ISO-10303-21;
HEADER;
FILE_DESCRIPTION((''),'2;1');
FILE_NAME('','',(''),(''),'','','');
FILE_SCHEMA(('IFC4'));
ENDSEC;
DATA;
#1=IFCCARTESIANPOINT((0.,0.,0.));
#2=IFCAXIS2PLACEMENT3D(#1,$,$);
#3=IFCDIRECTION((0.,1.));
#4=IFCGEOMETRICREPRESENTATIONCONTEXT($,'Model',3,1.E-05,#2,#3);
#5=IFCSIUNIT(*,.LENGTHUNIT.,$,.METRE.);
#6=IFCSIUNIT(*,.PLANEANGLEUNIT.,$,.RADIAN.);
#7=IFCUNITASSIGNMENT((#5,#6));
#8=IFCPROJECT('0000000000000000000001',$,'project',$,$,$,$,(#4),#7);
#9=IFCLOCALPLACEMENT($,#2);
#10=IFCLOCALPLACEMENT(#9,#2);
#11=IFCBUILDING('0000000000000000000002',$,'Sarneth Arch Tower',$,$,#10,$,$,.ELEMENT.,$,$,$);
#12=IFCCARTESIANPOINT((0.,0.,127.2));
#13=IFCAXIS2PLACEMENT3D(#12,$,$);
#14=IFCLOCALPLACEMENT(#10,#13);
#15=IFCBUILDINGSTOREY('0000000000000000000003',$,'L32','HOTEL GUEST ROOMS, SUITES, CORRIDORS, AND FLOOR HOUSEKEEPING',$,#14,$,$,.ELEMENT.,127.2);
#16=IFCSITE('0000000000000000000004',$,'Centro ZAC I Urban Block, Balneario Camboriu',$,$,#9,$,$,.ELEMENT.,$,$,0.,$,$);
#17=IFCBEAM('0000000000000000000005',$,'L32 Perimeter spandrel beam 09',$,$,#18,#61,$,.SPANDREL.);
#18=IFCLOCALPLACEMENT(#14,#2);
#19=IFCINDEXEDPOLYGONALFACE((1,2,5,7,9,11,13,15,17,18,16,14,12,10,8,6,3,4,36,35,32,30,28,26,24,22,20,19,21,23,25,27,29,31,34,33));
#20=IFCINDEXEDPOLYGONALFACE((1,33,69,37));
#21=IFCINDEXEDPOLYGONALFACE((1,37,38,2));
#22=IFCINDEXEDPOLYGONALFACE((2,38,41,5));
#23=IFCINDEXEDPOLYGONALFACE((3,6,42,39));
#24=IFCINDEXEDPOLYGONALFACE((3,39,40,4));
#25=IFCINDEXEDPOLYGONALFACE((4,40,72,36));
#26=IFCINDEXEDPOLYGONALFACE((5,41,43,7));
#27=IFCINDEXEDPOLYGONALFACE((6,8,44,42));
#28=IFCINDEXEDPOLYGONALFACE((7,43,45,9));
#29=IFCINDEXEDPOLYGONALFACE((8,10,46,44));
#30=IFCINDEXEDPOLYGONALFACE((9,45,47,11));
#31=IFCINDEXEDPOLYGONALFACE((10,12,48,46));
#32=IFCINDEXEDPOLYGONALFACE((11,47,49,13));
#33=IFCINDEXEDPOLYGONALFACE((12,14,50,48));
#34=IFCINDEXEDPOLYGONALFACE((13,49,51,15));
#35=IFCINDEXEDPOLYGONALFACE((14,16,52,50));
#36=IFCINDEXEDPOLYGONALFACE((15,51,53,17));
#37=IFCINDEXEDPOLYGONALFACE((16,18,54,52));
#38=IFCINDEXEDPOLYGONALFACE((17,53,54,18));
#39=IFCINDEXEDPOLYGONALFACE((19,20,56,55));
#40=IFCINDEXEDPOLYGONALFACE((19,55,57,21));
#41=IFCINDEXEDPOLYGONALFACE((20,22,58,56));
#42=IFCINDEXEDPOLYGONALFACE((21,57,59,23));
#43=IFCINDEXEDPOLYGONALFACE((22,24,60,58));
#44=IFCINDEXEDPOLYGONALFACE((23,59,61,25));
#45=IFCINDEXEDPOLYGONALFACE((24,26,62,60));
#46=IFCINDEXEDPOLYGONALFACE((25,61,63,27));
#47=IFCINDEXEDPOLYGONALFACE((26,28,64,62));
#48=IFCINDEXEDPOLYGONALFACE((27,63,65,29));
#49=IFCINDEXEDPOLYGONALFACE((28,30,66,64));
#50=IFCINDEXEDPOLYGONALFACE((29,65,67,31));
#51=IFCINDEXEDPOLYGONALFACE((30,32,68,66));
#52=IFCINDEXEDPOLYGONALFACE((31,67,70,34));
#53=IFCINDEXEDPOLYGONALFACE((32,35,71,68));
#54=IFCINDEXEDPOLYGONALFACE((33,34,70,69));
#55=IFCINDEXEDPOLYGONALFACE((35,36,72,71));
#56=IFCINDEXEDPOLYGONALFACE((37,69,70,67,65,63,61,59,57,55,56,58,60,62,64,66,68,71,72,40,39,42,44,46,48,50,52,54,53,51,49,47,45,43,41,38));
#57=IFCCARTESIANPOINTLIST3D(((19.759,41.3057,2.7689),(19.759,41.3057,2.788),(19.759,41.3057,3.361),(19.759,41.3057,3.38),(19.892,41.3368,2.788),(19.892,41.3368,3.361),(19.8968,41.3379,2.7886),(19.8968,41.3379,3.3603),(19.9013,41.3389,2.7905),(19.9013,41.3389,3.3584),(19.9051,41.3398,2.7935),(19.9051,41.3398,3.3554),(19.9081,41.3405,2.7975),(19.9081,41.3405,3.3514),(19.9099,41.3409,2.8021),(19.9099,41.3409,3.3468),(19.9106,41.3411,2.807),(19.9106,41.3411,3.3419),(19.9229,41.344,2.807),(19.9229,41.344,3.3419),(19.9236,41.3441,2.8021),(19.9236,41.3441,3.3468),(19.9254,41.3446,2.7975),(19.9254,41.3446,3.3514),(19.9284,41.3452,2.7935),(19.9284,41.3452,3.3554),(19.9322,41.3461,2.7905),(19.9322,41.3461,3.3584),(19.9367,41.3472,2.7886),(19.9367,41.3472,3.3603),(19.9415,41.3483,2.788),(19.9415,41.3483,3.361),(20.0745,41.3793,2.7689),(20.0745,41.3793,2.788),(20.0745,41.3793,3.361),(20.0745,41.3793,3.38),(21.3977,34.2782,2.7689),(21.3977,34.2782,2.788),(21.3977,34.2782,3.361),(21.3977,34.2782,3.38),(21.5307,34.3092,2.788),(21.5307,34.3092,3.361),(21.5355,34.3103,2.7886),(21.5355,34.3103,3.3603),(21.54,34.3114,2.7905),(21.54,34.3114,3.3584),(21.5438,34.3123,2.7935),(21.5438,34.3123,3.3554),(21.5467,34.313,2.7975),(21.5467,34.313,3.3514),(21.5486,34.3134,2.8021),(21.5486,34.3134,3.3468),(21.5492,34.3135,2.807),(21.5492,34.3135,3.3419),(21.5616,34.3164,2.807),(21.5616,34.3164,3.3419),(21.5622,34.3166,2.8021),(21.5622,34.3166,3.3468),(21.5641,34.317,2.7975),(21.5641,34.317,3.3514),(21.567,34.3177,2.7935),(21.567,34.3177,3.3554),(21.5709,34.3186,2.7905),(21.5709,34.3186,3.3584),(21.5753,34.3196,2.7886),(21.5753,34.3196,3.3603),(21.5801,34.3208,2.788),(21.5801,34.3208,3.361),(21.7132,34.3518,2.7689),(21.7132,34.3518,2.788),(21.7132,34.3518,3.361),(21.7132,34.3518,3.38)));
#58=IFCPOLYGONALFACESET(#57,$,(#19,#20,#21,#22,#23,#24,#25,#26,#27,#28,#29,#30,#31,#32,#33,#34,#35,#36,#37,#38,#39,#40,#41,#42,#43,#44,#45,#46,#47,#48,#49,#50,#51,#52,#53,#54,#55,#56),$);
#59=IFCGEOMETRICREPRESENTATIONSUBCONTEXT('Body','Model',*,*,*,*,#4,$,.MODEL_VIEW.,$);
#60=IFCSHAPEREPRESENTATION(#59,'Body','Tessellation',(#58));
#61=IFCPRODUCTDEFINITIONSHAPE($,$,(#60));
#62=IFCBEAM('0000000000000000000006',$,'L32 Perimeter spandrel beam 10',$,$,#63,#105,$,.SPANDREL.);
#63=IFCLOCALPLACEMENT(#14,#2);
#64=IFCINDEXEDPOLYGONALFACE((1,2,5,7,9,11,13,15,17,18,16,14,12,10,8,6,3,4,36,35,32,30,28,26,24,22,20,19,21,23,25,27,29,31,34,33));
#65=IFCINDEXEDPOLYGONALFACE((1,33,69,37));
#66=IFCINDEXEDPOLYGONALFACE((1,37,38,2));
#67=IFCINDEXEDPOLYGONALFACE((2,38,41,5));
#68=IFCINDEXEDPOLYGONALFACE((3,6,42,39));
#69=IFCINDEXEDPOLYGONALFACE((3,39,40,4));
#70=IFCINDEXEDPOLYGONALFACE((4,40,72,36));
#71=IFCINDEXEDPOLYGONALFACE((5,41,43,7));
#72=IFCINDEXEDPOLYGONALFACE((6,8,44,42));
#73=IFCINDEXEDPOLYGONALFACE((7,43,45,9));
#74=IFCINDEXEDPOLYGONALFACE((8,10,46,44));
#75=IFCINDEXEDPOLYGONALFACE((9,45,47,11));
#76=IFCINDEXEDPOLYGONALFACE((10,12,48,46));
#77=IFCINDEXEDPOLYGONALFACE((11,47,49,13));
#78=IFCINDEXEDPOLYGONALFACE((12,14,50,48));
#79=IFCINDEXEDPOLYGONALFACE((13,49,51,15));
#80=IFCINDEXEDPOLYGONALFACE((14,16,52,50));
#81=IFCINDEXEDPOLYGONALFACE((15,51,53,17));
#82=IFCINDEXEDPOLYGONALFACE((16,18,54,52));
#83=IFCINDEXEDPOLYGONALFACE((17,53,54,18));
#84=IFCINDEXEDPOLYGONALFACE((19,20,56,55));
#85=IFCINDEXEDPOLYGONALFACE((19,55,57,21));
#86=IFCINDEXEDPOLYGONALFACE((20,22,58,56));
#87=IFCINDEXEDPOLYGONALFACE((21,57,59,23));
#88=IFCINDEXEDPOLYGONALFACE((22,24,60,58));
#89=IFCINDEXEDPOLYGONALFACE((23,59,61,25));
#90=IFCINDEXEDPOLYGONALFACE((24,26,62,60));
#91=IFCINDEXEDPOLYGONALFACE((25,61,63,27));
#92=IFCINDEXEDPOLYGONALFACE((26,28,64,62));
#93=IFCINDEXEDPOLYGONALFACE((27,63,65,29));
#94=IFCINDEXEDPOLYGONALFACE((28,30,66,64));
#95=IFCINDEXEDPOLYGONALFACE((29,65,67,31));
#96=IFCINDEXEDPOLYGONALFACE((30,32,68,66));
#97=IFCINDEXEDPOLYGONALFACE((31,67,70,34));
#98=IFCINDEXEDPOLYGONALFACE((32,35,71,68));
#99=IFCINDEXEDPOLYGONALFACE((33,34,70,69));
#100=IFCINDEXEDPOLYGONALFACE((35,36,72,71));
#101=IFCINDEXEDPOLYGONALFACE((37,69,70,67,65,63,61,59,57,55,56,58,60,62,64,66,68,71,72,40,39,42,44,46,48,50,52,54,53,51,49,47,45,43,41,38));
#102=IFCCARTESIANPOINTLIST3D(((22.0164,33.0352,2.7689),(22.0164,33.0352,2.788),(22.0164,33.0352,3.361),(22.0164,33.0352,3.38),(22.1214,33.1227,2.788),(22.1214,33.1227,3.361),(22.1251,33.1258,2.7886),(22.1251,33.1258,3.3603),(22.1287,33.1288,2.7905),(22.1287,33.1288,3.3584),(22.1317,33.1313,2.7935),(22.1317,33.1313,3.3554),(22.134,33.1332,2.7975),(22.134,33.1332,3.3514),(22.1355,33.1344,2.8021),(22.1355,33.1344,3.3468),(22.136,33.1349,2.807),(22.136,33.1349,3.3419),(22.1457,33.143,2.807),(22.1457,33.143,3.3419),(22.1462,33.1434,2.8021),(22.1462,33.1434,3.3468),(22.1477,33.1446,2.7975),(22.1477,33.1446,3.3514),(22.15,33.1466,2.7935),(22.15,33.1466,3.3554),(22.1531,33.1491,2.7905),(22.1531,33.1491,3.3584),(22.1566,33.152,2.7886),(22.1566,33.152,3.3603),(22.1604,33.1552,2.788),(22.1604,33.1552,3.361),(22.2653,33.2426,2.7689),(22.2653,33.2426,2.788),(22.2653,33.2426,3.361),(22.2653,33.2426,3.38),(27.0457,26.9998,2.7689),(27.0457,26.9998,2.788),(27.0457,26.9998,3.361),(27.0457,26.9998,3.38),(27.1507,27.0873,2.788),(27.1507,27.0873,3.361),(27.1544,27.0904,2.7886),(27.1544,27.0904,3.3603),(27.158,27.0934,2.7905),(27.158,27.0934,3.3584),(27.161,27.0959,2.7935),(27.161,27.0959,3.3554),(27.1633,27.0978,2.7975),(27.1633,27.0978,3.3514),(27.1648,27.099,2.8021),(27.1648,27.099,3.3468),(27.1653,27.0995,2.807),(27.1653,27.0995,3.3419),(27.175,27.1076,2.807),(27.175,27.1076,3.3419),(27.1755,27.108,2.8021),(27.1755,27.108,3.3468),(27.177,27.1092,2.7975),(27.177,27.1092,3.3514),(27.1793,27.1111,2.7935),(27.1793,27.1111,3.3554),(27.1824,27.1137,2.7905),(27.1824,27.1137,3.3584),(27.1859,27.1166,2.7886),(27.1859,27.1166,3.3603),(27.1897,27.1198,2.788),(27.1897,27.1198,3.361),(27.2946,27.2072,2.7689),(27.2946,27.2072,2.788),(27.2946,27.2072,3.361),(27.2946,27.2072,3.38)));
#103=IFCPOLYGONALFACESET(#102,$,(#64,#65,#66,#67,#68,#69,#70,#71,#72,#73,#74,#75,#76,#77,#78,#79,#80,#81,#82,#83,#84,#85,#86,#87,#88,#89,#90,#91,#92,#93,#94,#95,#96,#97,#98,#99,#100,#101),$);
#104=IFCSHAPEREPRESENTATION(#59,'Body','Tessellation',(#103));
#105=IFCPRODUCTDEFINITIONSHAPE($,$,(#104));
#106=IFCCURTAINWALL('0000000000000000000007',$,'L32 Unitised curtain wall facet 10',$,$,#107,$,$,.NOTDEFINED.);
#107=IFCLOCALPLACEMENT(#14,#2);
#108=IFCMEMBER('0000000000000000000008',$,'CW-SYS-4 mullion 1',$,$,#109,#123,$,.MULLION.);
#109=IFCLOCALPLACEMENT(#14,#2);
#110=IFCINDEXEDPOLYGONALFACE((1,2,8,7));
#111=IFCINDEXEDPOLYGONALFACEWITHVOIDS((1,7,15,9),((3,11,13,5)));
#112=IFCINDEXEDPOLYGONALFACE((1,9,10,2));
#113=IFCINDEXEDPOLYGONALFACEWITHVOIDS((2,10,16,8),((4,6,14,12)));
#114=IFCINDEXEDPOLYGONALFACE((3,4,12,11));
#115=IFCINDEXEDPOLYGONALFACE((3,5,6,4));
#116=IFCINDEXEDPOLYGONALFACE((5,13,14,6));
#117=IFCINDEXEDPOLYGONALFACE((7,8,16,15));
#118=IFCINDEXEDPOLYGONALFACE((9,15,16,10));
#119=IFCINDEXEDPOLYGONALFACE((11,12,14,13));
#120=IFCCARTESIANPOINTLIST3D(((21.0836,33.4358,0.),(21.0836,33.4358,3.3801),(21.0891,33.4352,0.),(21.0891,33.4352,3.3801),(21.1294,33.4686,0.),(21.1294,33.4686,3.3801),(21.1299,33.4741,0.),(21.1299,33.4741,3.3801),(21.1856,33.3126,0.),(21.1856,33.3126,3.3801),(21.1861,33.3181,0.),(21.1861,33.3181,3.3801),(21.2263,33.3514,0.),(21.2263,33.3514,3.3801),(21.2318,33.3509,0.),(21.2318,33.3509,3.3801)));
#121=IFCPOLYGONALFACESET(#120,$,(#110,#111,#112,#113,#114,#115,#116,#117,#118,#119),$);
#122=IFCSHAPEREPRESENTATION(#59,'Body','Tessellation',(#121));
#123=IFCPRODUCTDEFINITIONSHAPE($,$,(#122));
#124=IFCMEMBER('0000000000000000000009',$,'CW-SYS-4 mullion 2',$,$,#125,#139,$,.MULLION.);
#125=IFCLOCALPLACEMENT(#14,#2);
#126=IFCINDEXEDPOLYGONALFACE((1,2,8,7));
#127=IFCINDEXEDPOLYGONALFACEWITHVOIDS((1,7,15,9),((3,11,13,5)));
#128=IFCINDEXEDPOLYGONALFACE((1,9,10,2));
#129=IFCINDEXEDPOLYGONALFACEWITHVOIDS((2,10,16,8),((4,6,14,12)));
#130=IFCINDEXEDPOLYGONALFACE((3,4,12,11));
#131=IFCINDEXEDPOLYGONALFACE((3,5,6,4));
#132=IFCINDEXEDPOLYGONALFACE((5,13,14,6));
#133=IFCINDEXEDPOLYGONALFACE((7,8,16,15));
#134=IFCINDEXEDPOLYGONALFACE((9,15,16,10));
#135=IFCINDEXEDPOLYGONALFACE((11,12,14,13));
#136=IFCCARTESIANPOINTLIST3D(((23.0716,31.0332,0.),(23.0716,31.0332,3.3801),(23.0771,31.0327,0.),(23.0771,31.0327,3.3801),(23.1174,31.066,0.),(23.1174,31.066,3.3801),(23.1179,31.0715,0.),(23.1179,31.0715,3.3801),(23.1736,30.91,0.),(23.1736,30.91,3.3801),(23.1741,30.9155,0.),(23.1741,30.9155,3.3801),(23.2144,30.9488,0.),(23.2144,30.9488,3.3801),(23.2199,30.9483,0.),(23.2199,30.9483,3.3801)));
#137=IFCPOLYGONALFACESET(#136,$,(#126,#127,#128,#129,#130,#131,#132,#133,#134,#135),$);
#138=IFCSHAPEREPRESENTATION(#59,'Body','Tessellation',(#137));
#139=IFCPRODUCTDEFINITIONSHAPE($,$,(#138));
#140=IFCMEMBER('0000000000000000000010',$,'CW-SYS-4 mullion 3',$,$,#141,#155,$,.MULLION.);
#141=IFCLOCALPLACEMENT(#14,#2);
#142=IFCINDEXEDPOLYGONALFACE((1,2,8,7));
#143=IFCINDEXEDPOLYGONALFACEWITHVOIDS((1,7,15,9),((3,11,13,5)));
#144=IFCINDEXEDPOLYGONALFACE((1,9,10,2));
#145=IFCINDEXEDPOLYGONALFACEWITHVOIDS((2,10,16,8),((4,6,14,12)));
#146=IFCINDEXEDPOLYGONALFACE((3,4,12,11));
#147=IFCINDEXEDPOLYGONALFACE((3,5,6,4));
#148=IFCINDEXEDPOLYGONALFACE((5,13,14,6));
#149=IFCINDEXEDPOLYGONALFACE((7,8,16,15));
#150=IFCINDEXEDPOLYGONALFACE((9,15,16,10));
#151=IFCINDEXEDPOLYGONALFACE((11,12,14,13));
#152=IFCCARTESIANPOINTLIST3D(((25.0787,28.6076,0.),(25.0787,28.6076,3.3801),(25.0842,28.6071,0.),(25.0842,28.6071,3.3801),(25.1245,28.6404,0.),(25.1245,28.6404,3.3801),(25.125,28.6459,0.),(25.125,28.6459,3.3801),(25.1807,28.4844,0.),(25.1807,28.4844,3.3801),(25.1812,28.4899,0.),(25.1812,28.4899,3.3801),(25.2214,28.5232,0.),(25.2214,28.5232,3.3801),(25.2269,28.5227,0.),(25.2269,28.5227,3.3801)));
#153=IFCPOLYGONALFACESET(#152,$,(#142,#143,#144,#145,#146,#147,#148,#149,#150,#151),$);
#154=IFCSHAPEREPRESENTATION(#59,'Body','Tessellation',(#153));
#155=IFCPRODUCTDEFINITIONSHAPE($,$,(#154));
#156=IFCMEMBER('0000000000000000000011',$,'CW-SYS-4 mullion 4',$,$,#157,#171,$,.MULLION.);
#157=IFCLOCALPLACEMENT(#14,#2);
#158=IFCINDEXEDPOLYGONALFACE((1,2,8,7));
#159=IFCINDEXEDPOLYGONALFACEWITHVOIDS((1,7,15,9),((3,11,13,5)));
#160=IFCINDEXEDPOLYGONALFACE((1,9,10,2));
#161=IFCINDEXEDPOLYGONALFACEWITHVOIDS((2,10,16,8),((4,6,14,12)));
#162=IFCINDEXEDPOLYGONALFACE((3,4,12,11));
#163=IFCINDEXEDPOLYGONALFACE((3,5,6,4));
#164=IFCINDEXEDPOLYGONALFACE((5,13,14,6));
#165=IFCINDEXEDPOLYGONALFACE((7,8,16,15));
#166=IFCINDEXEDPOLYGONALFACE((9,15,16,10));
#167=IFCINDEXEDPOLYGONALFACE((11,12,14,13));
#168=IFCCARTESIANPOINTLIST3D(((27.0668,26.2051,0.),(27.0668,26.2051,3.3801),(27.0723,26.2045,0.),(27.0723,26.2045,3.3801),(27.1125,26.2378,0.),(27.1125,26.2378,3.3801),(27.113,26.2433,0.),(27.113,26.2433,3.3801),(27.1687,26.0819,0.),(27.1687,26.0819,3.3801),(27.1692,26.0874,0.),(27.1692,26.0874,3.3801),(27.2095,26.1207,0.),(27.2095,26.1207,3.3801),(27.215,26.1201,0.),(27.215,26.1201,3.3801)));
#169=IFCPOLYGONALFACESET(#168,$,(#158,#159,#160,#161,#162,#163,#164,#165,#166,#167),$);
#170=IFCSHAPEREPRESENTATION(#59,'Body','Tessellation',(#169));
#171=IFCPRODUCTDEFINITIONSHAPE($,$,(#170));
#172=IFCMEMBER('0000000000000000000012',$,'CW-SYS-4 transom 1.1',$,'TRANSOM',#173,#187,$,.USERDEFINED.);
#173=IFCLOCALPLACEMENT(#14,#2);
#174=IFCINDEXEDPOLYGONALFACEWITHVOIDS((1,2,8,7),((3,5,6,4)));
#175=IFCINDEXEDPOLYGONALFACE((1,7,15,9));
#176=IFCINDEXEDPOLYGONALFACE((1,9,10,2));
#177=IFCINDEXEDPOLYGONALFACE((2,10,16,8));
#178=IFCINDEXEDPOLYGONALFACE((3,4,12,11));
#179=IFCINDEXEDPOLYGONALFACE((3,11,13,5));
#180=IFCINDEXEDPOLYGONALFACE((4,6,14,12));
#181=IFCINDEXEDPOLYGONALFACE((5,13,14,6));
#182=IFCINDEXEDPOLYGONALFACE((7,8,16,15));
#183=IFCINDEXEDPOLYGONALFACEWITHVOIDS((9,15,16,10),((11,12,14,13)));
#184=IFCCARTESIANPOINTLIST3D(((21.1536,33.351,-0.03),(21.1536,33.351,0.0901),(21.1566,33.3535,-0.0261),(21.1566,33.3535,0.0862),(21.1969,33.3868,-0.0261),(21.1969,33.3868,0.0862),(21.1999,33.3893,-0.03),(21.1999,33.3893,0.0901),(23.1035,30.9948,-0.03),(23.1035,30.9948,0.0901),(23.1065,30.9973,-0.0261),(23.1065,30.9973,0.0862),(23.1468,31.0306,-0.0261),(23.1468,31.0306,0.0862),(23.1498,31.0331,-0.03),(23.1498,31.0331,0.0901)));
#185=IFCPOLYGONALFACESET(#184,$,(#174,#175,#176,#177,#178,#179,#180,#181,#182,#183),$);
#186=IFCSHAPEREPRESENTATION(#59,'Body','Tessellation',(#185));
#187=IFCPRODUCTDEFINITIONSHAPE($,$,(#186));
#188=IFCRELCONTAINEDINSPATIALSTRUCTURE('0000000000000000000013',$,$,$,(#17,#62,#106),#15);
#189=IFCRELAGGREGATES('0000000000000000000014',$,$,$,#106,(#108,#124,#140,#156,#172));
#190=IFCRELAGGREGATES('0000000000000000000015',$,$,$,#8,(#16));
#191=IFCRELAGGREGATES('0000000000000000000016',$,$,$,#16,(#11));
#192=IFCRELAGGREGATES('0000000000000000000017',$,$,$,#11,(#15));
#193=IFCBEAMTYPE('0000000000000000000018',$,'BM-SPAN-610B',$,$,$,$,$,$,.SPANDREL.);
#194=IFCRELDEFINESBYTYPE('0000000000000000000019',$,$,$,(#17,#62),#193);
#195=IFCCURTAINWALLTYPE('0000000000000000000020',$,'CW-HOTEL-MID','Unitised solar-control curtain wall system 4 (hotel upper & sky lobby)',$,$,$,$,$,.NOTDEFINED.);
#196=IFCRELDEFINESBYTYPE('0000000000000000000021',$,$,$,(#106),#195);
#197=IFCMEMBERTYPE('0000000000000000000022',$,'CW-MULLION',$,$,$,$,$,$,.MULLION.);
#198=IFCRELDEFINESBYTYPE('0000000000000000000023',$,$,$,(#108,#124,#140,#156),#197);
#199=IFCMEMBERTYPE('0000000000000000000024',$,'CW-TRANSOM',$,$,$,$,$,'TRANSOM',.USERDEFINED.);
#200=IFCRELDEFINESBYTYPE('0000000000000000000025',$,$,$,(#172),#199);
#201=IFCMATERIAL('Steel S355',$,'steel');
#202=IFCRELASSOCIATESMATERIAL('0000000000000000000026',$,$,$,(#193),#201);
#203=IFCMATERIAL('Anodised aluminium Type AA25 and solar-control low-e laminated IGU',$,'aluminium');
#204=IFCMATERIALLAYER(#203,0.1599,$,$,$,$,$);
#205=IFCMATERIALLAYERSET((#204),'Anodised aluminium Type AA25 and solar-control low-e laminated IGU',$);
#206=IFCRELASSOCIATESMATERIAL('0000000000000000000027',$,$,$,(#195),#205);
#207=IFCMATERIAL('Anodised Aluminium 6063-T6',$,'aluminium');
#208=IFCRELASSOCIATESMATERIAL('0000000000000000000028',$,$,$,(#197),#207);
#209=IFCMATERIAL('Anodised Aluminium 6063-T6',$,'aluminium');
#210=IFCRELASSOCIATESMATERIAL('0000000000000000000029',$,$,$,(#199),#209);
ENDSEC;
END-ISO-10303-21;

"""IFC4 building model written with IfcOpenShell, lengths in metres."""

from ifc_helpers import new_model, si_unit, direction, frame, origin, origin_2d, place, context, subcontext, project, spatial, hollow_rectangle, i_section, extrude, material, layer, layer_set, material_profile, profile_set, type_object, element, aggregate, save


model = new_model("IFC4")

# Units and contexts
model_context = context("Model", 3, precision=1e-05, world=origin(), true_north=direction((0.0, 1.0)))
body_context = subcontext(model_context, "Body", "Model", "MODEL_VIEW")
ifc_project = project(units=[si_unit("LENGTHUNIT", "METRE"), si_unit("PLANEANGLEUNIT", "RADIAN")], contexts=[model_context])

# Site, building, storey
site_placement = place(None, origin())
site = spatial("IfcSite", under=ifc_project, at=site_placement, Name="Centro ZAC I Urban Block, Balneario Camboriu", CompositionType="ELEMENT", RefElevation=0.0)
building_placement = place(site_placement, origin())
building = spatial("IfcBuilding", under=site, at=building_placement, Name="Sarneth Arch Tower", CompositionType="ELEMENT")
storey_placement = place(building_placement, frame((0.0, 0.0, 127.2)))
storey = spatial("IfcBuildingStorey", under=building, at=storey_placement, Name="L32", Description="HOTEL GUEST ROOMS, SUITES, CORRIDORS, AND FLOOR HOUSEKEEPING", CompositionType="ELEMENT", Elevation=127.2)

# Beams
ifc_material_1 = material(Name="Steel S355", Category="steel")
ifc_material_profile_1 = material_profile(ifc_material_1, i_section(OverallWidth=0.324, OverallDepth=0.6111, WebThickness=0.0127, FlangeThickness=0.019, FilletRadius=0.019, at=origin_2d()), Name="W610x155")
ifc_profile_set_1 = profile_set([ifc_material_profile_1], Name="Steel S355")
beam_type = type_object("IfcBeamType", Name="BM-SPAN-610B", PredefinedType="SPANDREL", material=ifc_profile_set_1)
beam_1_placement = place(storey_placement, frame((19.9167, 41.3425, 3.0745), z_axis=(0.227085, -0.973875, 0.0), x_axis=(0.973875, 0.227085, 0.0)))
element("IfcBeam", 1, at=beam_1_placement, inside=storey, type_object=beam_type, Name="L32 Perimeter spandrel beam 09", PredefinedType="SPANDREL", context=body_context, shape_type="SweptSolid", body=[
    extrude(i_section(OverallWidth=0.324, OverallDepth=0.6111, WebThickness=0.0127, FlangeThickness=0.019, FilletRadius=0.019, at=origin_2d()), origin(), (0.0, 0.0, 1.0), 7.2161),
])
beam_2_placement = place(storey_placement, frame((22.1409, 33.1389, 3.0745), z_axis=(0.640169, -0.768234, 0.0), x_axis=(0.768234, 0.640169, 0.0)))
element("IfcBeam", 2, at=beam_2_placement, inside=storey, type_object=beam_type, Name="L32 Perimeter spandrel beam 10", PredefinedType="SPANDREL", context=body_context, shape_type="SweptSolid", body=[
    extrude(i_section(OverallWidth=0.324, OverallDepth=0.6111, WebThickness=0.0127, FlangeThickness=0.019, FilletRadius=0.019, at=origin_2d()), origin(), (0.0, 0.0, 1.0), 7.8562),
])

# Curtain wall, members
ifc_material_2 = material(Name="Anodised aluminium Type AA25 and solar-control low-e laminated IGU", Category="aluminium")
ifc_layer_1 = layer(ifc_material_2, 0.1599)
ifc_layer_set_1 = layer_set([ifc_layer_1], Name="Anodised aluminium Type AA25 and solar-control low-e laminated IGU")
curtain_wall_type = type_object("IfcCurtainWallType", Name="CW-HOTEL-MID", Description="Unitised solar-control curtain wall system 4 (hotel upper & sky lobby)", PredefinedType="NOTDEFINED", material=ifc_layer_set_1)
curtain_wall_placement = place(storey_placement, origin())
curtain_wall = element("IfcCurtainWall", 3, at=curtain_wall_placement, inside=storey, type_object=curtain_wall_type, Name="L32 Unitised curtain wall facet 10", PredefinedType="NOTDEFINED")
ifc_material_3 = material(Name="Anodised Aluminium 6063-T6", Category="aluminium")
ifc_material_profile_2 = material_profile(ifc_material_3, hollow_rectangle(XDim=0.0601, YDim=0.1599, WallThickness=0.0039, at=origin_2d()), Name="AL-MULL-160x60x4")
ifc_profile_set_2 = profile_set([ifc_material_profile_2], Name="Anodised Aluminium 6063-T6")
member_type_1 = type_object("IfcMemberType", Name="CW-MULLION", PredefinedType="MULLION", material=ifc_profile_set_2)
member_1_placement = place(storey_placement, frame((21.1577, 33.3933, 0.0), z_axis=(0.0, 0.0, 1.0), x_axis=(0.770438, 0.637515, 0.0)))
member_1 = element("IfcMember", 4, at=member_1_placement, type_object=member_type_1, Name="CW-SYS-4 mullion 1", PredefinedType="MULLION", context=body_context, shape_type="SweptSolid", body=[
    extrude(hollow_rectangle(XDim=0.0601, YDim=0.1599, WallThickness=0.0039, at=origin_2d()), origin(), (0.0, 0.0, 1.0), 3.3801),
])
member_2_placement = place(storey_placement, frame((23.1458, 30.9907, 0.0), z_axis=(0.0, 0.0, 1.0), x_axis=(0.770438, 0.637515, 0.0)))
member_2 = element("IfcMember", 5, at=member_2_placement, type_object=member_type_1, Name="CW-SYS-4 mullion 2", PredefinedType="MULLION", context=body_context, shape_type="SweptSolid", body=[
    extrude(hollow_rectangle(XDim=0.0601, YDim=0.1599, WallThickness=0.0039, at=origin_2d()), origin(), (0.0, 0.0, 1.0), 3.3801),
])
member_3_placement = place(storey_placement, frame((25.1528, 28.5652, 0.0), z_axis=(0.0, 0.0, 1.0), x_axis=(0.770438, 0.637515, 0.0)))
member_3 = element("IfcMember", 6, at=member_3_placement, type_object=member_type_1, Name="CW-SYS-4 mullion 3", PredefinedType="MULLION", context=body_context, shape_type="SweptSolid", body=[
    extrude(hollow_rectangle(XDim=0.0601, YDim=0.1599, WallThickness=0.0039, at=origin_2d()), origin(), (0.0, 0.0, 1.0), 3.3801),
])
member_4_placement = place(storey_placement, frame((27.1409, 26.1626, 0.0), z_axis=(0.0, 0.0, 1.0), x_axis=(0.770438, 0.637515, 0.0)))
member_4 = element("IfcMember", 7, at=member_4_placement, type_object=member_type_1, Name="CW-SYS-4 mullion 4", PredefinedType="MULLION", context=body_context, shape_type="SweptSolid", body=[
    extrude(hollow_rectangle(XDim=0.0601, YDim=0.1599, WallThickness=0.0039, at=origin_2d()), origin(), (0.0, 0.0, 1.0), 3.3801),
])
ifc_material_4 = material(Name="Anodised Aluminium 6063-T6", Category="aluminium")
ifc_material_profile_3 = material_profile(ifc_material_4, hollow_rectangle(XDim=0.0601, YDim=0.1201, WallThickness=0.0039, at=origin_2d()), Name="AL-TRAN-120x60x4")
ifc_profile_set_3 = profile_set([ifc_material_profile_3], Name="Anodised Aluminium 6063-T6")
member_type_2 = type_object("IfcMemberType", Name="CW-TRANSOM", ElementType="TRANSOM", PredefinedType="USERDEFINED", material=ifc_profile_set_3)
member_5_placement = place(storey_placement, frame((21.1768, 33.3701, 0.03), z_axis=(0.637566, -0.770396, 0.0), x_axis=(0.770396, 0.637566, 0.0)))
member_5 = element("IfcMember", 8, at=member_5_placement, type_object=member_type_2, Name="CW-SYS-4 transom 1.1", ObjectType="TRANSOM", PredefinedType="USERDEFINED", context=body_context, shape_type="SweptSolid", body=[
    extrude(hollow_rectangle(XDim=0.0601, YDim=0.1201, WallThickness=0.0039, at=origin_2d()), origin(), (0.0, 0.0, 1.0), 3.0583),
])

aggregate(curtain_wall, [member_1, member_2, member_3, member_4, member_5])

save(model, "model.ifc")
